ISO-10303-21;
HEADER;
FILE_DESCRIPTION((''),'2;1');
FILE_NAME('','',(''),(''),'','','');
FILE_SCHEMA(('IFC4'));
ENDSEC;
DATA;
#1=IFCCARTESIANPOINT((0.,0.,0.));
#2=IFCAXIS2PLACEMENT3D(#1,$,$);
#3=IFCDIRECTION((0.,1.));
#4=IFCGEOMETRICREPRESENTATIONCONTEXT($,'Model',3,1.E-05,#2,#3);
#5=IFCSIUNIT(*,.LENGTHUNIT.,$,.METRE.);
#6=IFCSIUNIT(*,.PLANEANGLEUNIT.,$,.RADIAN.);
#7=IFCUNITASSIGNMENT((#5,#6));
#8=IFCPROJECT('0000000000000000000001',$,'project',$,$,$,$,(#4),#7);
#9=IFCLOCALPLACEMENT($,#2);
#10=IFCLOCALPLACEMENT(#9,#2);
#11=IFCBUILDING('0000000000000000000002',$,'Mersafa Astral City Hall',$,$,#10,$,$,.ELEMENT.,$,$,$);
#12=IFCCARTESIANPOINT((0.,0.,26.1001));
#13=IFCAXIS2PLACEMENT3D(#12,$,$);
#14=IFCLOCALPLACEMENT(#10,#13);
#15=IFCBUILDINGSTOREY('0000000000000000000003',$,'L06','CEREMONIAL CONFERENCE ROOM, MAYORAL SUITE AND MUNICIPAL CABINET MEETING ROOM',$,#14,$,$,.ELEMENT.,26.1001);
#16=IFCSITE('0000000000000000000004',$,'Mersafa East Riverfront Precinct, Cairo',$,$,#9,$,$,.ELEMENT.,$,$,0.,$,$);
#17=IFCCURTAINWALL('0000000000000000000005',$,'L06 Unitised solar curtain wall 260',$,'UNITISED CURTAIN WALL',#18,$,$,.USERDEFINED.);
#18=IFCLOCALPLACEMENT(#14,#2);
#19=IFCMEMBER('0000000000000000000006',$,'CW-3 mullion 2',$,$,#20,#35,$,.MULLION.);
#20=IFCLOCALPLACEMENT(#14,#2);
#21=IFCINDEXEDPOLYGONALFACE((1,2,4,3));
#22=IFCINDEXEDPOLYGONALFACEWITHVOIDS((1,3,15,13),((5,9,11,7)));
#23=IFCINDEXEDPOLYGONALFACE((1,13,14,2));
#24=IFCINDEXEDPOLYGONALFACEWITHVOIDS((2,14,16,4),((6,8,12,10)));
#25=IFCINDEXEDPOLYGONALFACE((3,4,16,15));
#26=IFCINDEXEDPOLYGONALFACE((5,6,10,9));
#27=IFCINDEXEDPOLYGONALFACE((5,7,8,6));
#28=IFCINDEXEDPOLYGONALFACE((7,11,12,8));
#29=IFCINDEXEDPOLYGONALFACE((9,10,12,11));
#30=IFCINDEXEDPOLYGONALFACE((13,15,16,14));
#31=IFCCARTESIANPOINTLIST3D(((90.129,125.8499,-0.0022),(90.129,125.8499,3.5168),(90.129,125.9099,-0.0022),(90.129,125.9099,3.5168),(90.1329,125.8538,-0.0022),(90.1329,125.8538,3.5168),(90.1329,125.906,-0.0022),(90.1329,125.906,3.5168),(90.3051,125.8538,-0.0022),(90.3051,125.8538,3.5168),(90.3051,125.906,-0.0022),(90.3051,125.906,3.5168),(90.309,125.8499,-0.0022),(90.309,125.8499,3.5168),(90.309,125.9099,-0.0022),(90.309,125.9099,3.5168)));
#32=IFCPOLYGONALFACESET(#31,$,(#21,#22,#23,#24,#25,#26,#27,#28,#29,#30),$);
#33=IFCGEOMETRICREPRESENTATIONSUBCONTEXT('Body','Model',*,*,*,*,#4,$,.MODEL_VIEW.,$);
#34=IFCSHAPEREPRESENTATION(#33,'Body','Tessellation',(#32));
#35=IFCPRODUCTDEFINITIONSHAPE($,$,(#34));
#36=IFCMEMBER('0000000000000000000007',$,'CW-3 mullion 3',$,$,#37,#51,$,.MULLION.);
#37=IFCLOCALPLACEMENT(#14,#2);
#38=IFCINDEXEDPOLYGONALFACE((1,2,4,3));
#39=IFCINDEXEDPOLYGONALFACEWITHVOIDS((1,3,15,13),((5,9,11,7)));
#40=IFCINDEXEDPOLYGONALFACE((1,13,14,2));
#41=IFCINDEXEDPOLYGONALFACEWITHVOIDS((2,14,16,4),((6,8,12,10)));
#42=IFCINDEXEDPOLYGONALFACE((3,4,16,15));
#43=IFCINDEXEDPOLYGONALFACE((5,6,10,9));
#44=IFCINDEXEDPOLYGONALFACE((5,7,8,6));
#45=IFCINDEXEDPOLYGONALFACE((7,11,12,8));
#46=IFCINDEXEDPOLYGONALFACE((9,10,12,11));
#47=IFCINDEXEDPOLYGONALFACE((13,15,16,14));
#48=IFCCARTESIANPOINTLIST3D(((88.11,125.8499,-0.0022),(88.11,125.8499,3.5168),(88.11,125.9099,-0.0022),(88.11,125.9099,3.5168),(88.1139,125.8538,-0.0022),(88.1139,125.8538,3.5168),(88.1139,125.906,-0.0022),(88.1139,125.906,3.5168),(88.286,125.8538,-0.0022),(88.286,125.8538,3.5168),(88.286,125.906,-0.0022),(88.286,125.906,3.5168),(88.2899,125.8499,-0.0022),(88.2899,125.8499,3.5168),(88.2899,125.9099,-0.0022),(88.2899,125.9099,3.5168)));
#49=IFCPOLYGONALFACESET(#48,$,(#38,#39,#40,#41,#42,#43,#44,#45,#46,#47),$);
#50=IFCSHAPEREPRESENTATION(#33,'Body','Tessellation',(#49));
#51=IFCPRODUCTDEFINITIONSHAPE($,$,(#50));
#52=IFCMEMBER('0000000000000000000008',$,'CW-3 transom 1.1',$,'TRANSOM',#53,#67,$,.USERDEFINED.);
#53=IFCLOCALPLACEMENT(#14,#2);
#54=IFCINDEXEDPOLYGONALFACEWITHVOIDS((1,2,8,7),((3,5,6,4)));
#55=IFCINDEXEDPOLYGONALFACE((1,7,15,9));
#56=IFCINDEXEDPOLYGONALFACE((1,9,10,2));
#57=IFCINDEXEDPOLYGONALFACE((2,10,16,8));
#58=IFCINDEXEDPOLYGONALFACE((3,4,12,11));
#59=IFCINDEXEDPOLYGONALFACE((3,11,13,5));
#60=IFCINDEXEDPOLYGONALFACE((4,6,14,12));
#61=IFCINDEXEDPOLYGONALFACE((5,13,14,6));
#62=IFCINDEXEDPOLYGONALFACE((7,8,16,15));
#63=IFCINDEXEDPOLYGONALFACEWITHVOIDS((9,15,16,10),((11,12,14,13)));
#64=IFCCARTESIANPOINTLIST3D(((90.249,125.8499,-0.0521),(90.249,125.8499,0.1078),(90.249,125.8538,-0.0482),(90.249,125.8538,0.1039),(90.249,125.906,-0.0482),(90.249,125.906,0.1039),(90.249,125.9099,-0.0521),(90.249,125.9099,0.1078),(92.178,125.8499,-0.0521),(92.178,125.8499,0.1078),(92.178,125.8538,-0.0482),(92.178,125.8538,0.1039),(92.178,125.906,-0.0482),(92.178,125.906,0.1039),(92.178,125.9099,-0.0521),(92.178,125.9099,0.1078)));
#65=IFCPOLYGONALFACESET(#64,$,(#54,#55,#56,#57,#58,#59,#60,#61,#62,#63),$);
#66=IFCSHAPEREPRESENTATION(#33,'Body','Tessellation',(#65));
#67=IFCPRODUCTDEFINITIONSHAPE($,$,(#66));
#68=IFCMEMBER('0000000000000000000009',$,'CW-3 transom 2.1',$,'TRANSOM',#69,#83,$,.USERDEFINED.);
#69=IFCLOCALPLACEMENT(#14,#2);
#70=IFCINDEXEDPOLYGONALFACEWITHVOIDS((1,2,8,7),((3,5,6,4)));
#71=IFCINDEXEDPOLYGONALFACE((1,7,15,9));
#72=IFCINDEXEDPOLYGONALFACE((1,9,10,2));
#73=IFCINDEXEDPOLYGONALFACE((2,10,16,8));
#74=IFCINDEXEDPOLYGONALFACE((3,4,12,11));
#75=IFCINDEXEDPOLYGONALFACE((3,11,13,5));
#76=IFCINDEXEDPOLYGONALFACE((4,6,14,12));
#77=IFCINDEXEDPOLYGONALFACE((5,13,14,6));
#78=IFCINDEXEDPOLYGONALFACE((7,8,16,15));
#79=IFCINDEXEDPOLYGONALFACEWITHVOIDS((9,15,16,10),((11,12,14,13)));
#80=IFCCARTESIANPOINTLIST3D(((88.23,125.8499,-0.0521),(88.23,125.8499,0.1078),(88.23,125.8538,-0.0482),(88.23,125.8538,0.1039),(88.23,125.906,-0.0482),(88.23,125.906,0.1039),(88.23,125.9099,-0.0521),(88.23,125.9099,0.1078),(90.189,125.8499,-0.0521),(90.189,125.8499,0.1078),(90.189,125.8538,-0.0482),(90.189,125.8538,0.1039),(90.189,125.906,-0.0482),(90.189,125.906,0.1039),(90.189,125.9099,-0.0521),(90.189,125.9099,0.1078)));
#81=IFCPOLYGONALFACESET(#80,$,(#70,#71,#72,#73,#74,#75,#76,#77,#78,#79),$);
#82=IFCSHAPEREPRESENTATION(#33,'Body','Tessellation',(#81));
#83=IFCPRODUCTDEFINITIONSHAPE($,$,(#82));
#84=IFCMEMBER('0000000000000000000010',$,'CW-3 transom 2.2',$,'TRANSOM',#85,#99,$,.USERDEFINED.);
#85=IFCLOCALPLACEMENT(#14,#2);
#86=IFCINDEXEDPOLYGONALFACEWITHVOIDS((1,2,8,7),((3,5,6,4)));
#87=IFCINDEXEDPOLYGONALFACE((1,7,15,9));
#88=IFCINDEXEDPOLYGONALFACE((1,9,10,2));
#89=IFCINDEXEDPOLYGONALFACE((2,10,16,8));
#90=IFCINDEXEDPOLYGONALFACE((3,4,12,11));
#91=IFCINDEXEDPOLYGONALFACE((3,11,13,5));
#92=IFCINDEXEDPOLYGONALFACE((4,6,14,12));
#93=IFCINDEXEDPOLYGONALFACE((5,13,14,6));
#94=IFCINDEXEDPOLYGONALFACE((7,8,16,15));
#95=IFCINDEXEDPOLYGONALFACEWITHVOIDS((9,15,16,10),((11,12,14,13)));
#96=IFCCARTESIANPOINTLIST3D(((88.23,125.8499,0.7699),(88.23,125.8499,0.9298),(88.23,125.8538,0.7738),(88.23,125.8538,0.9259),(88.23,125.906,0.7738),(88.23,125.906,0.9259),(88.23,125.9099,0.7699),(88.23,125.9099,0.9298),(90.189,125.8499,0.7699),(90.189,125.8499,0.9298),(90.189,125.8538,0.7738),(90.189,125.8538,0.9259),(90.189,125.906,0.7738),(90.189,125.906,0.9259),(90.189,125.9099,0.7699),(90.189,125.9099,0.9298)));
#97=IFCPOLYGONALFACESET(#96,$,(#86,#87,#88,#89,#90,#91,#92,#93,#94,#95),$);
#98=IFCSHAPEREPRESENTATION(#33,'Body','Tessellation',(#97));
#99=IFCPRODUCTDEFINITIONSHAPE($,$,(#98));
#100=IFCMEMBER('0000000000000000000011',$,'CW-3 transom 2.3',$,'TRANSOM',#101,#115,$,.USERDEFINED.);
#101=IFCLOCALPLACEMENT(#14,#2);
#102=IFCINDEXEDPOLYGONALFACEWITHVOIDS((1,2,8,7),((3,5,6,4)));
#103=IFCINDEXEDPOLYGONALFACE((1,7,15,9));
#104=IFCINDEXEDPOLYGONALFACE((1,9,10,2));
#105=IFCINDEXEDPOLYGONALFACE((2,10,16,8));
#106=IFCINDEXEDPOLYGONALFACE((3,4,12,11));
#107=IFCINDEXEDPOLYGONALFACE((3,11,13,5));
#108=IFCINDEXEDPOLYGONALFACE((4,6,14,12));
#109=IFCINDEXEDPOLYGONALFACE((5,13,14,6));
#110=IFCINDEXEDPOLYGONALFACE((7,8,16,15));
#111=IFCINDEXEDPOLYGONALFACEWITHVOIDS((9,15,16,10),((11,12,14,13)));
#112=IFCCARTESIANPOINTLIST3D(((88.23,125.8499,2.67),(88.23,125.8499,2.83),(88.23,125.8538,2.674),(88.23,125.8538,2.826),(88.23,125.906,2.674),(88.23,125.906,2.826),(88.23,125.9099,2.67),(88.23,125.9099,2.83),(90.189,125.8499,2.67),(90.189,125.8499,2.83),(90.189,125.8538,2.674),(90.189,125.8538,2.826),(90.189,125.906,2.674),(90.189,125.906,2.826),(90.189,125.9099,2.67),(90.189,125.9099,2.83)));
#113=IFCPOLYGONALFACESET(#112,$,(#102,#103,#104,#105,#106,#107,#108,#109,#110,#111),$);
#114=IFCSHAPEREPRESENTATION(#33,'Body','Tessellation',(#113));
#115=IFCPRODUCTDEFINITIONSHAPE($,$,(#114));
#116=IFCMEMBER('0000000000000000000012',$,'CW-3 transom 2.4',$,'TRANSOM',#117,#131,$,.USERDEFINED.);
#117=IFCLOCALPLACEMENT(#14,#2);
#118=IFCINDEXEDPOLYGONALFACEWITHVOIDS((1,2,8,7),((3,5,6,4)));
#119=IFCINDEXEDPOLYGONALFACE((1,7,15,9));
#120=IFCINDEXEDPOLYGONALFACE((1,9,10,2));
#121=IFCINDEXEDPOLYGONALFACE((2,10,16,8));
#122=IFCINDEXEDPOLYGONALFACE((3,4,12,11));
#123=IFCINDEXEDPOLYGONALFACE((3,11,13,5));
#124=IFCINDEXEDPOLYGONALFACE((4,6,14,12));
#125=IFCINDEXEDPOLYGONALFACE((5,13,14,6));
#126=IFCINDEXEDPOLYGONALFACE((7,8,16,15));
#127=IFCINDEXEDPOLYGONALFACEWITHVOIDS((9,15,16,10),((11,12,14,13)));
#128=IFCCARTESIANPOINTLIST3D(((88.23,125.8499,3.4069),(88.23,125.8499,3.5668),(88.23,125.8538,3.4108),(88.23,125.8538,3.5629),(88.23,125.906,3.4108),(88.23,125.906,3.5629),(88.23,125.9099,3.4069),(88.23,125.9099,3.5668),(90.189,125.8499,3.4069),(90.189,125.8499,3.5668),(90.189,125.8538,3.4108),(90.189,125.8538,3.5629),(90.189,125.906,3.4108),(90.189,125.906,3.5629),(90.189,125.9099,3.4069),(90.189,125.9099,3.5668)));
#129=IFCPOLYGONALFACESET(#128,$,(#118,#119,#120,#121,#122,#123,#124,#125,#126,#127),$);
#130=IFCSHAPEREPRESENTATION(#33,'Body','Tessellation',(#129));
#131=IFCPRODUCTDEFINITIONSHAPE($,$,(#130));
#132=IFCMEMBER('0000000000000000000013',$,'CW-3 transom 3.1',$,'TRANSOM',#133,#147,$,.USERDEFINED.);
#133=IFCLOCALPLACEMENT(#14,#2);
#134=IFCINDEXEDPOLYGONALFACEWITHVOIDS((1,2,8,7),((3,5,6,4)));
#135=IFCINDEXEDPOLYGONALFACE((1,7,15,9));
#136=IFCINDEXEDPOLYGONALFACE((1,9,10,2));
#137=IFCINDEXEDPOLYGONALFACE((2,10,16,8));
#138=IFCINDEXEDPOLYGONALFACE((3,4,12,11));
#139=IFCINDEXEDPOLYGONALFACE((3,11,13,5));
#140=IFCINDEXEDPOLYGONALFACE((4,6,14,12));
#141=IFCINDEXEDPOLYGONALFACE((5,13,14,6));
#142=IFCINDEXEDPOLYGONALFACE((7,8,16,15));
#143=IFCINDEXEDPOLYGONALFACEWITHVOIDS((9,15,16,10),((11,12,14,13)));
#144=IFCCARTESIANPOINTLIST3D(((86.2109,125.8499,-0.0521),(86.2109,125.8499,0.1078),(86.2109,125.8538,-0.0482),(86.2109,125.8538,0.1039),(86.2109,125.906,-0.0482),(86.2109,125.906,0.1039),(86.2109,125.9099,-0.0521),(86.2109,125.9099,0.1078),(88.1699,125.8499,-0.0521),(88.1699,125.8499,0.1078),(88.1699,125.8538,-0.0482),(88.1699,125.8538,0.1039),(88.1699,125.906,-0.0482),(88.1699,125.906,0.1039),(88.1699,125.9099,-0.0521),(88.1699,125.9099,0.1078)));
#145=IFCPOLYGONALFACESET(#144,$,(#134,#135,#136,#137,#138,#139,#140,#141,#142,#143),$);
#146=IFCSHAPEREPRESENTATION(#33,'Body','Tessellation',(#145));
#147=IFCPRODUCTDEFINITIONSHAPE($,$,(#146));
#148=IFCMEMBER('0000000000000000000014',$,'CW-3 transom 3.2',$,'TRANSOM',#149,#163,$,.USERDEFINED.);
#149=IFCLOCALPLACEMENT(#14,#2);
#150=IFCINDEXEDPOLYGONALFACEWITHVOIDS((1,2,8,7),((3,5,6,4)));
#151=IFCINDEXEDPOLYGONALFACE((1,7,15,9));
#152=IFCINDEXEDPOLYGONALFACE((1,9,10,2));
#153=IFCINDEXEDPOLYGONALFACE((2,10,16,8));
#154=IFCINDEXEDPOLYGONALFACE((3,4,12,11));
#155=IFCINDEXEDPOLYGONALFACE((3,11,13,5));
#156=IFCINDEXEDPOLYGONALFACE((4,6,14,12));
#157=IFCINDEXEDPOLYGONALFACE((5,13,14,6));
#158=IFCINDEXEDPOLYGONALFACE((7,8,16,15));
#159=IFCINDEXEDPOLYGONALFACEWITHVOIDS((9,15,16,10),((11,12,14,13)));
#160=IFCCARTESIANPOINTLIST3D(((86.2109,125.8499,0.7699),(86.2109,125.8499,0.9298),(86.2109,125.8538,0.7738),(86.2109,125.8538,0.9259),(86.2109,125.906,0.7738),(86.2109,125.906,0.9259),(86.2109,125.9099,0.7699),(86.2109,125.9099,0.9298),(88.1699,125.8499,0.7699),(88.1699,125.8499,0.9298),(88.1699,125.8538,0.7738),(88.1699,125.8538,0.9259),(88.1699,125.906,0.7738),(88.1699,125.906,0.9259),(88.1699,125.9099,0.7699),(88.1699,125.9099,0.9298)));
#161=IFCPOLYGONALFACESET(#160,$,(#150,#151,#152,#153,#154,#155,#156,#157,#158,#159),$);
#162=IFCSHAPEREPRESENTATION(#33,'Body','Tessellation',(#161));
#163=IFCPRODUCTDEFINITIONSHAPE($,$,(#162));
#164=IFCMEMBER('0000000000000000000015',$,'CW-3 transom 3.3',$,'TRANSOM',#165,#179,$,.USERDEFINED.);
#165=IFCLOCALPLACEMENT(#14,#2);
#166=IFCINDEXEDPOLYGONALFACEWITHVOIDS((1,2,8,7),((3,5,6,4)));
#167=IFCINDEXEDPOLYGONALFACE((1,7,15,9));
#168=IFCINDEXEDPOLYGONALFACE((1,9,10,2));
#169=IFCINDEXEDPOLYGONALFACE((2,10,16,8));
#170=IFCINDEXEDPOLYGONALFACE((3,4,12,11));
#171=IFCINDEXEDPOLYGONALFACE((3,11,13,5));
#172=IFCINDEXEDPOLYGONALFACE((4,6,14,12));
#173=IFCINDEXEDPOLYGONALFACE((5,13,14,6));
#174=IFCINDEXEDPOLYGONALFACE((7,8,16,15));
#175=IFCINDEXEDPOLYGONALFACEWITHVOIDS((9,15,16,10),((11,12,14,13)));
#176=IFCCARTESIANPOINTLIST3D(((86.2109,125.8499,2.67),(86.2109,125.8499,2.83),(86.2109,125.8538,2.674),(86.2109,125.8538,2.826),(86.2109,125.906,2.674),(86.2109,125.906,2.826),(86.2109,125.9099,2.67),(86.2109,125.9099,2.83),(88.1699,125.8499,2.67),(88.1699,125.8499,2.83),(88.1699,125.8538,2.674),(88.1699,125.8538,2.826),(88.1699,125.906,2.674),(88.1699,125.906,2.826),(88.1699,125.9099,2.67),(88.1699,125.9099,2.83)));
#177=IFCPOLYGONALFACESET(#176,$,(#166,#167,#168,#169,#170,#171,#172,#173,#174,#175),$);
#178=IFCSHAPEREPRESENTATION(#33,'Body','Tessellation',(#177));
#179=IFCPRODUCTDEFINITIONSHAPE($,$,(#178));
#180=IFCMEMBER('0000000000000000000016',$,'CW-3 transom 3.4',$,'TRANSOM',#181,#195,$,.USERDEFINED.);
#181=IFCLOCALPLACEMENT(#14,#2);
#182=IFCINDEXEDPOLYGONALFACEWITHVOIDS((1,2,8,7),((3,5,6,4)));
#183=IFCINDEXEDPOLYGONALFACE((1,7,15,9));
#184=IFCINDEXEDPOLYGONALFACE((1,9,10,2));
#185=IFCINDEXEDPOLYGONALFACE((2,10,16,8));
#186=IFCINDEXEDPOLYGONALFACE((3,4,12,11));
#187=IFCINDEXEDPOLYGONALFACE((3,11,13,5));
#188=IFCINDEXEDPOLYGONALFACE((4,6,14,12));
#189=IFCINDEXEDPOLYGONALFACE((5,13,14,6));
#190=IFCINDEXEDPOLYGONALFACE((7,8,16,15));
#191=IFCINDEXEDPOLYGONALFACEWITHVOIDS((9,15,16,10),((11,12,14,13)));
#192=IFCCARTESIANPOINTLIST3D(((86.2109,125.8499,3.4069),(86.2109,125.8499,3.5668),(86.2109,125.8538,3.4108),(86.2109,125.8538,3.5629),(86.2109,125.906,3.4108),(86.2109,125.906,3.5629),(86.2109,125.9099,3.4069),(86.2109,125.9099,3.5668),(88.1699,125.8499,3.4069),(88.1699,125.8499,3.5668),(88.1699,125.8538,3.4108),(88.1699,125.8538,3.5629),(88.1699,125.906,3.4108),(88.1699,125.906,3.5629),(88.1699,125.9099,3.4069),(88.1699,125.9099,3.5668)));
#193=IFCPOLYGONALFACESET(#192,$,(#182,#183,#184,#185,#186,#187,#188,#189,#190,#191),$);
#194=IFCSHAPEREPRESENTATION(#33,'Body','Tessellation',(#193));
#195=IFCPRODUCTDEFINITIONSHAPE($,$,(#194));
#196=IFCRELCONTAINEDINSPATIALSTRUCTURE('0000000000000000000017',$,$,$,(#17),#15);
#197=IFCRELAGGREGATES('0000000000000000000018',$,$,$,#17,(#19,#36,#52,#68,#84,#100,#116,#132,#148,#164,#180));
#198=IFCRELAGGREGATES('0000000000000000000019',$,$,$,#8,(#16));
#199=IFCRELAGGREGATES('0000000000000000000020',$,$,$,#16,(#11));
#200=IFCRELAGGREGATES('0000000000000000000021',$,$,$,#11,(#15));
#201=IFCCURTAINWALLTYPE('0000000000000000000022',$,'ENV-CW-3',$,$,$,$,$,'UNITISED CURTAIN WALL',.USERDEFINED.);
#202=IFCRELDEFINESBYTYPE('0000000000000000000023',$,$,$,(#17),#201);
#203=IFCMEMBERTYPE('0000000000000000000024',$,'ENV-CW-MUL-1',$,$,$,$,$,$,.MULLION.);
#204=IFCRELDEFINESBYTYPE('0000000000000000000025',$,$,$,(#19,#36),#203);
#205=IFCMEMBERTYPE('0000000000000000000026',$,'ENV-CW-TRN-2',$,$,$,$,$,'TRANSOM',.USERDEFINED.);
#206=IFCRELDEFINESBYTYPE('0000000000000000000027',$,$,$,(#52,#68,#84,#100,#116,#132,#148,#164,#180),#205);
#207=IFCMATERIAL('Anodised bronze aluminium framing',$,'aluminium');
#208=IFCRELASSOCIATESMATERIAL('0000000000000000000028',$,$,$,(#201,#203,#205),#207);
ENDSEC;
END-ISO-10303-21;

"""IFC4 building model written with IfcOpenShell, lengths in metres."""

from ifc_helpers import new_model, si_unit, direction, frame, origin, origin_2d, place, context, subcontext, project, spatial, hollow_rectangle, extrude, material, material_profile, profile_set, type_object, element, aggregate, save


model = new_model("IFC4")

# Units and contexts
model_context = context("Model", 3, precision=1e-05, world=origin(), true_north=direction((0.0, 1.0)))
body_context = subcontext(model_context, "Body", "Model", "MODEL_VIEW")
ifc_project = project(units=[si_unit("LENGTHUNIT", "METRE"), si_unit("PLANEANGLEUNIT", "RADIAN")], contexts=[model_context])

# Site, building, storey
site_placement = place(None, origin())
site = spatial("IfcSite", under=ifc_project, at=site_placement, Name="Mersafa East Riverfront Precinct, Cairo", CompositionType="ELEMENT", RefElevation=0.0)
building_placement = place(site_placement, origin())
building = spatial("IfcBuilding", under=site, at=building_placement, Name="Mersafa Astral City Hall", CompositionType="ELEMENT")
storey_placement = place(building_placement, frame((0.0, 0.0, 26.1001)))
storey = spatial("IfcBuildingStorey", under=building, at=storey_placement, Name="L06", Description="CEREMONIAL CONFERENCE ROOM, MAYORAL SUITE AND MUNICIPAL CABINET MEETING ROOM", CompositionType="ELEMENT", Elevation=26.1001)

# Curtain wall, members
ifc_material_1 = material(Name="Anodised bronze aluminium framing", Category="aluminium")
curtain_wall_type = type_object("IfcCurtainWallType", Name="ENV-CW-3", ElementType="UNITISED CURTAIN WALL", PredefinedType="USERDEFINED", material=ifc_material_1)
curtain_wall_placement = place(storey_placement, origin())
curtain_wall = element("IfcCurtainWall", 1, at=curtain_wall_placement, inside=storey, type_object=curtain_wall_type, Name="L06 Unitised solar curtain wall 260", ObjectType="UNITISED CURTAIN WALL", PredefinedType="USERDEFINED")
ifc_material_profile_1 = material_profile(ifc_material_1, hollow_rectangle(XDim=0.0601, YDim=0.1799, WallThickness=0.0039, at=origin_2d()), Name="RHS 60x180x4")
ifc_profile_set_1 = profile_set([ifc_material_profile_1], Name="Anodised bronze aluminium framing")
member_type_1 = type_object("IfcMemberType", Name="ENV-CW-MUL-1", PredefinedType="MULLION", material=ifc_profile_set_1)
member_1_placement = place(storey_placement, frame((90.219, 125.8799, -0.0022), z_axis=(0.0, 0.0, 1.0), x_axis=(0.0, -1.0, 0.0)))
member_1 = element("IfcMember", 2, at=member_1_placement, type_object=member_type_1, Name="CW-3 mullion 2", PredefinedType="MULLION", context=body_context, shape_type="SweptSolid", body=[
    extrude(hollow_rectangle(XDim=0.0601, YDim=0.1799, WallThickness=0.0039, at=origin_2d()), origin(), (0.0, 0.0, 1.0), 3.519),
])
member_2_placement = place(storey_placement, frame((88.2, 125.8799, -0.0022), z_axis=(0.0, 0.0, 1.0), x_axis=(0.0, -1.0, 0.0)))
member_2 = element("IfcMember", 3, at=member_2_placement, type_object=member_type_1, Name="CW-3 mullion 3", PredefinedType="MULLION", context=body_context, shape_type="SweptSolid", body=[
    extrude(hollow_rectangle(XDim=0.0601, YDim=0.1799, WallThickness=0.0039, at=origin_2d()), origin(), (0.0, 0.0, 1.0), 3.519),
])
ifc_material_profile_2 = material_profile(ifc_material_1, hollow_rectangle(XDim=0.0601, YDim=0.1599, WallThickness=0.0039, at=origin_2d()), Name="RHS 60x160x4")
ifc_profile_set_2 = profile_set([ifc_material_profile_2], Name="Anodised bronze aluminium framing")
member_type_2 = type_object("IfcMemberType", Name="ENV-CW-TRN-2", ElementType="TRANSOM", PredefinedType="USERDEFINED", material=ifc_profile_set_2)
member_3_placement = place(storey_placement, frame((92.178, 125.8799, 0.0278), z_axis=(-1.0, 0.0, 0.0), x_axis=(0.0, -1.0, 0.0)))
member_3 = element("IfcMember", 4, at=member_3_placement, type_object=member_type_2, Name="CW-3 transom 1.1", ObjectType="TRANSOM", PredefinedType="USERDEFINED", context=body_context, shape_type="SweptSolid", body=[
    extrude(hollow_rectangle(XDim=0.0601, YDim=0.1599, WallThickness=0.0039, at=origin_2d()), origin(), (0.0, 0.0, 1.0), 1.929),
])
member_4_placement = place(storey_placement, frame((90.189, 125.8799, 0.0278), z_axis=(-1.0, 0.0, 0.0), x_axis=(0.0, -1.0, 0.0)))
member_4 = element("IfcMember", 5, at=member_4_placement, type_object=member_type_2, Name="CW-3 transom 2.1", ObjectType="TRANSOM", PredefinedType="USERDEFINED", context=body_context, shape_type="SweptSolid", body=[
    extrude(hollow_rectangle(XDim=0.0601, YDim=0.1599, WallThickness=0.0039, at=origin_2d()), origin(), (0.0, 0.0, 1.0), 1.959),
])
member_5_placement = place(storey_placement, frame((90.189, 125.8799, 0.8499), z_axis=(-1.0, 0.0, 0.0), x_axis=(0.0, -1.0, 0.0)))
member_5 = element("IfcMember", 6, at=member_5_placement, type_object=member_type_2, Name="CW-3 transom 2.2", ObjectType="TRANSOM", PredefinedType="USERDEFINED", context=body_context, shape_type="SweptSolid", body=[
    extrude(hollow_rectangle(XDim=0.0601, YDim=0.1599, WallThickness=0.0039, at=origin_2d()), origin(), (0.0, 0.0, 1.0), 1.959),
])
member_6_placement = place(storey_placement, frame((90.189, 125.8799, 2.75), z_axis=(-1.0, 0.0, 0.0), x_axis=(0.0, -1.0, 0.0)))
member_6 = element("IfcMember", 7, at=member_6_placement, type_object=member_type_2, Name="CW-3 transom 2.3", ObjectType="TRANSOM", PredefinedType="USERDEFINED", context=body_context, shape_type="SweptSolid", body=[
    extrude(hollow_rectangle(XDim=0.0601, YDim=0.1599, WallThickness=0.0039, at=origin_2d()), origin(), (0.0, 0.0, 1.0), 1.959),
])
member_7_placement = place(storey_placement, frame((90.189, 125.8799, 3.4868), z_axis=(-1.0, 0.0, 0.0), x_axis=(0.0, -1.0, 0.0)))
member_7 = element("IfcMember", 8, at=member_7_placement, type_object=member_type_2, Name="CW-3 transom 2.4", ObjectType="TRANSOM", PredefinedType="USERDEFINED", context=body_context, shape_type="SweptSolid", body=[
    extrude(hollow_rectangle(XDim=0.0601, YDim=0.1599, WallThickness=0.0039, at=origin_2d()), origin(), (0.0, 0.0, 1.0), 1.959),
])
member_8_placement = place(storey_placement, frame((88.1699, 125.8799, 0.0278), z_axis=(-1.0, 0.0, 0.0), x_axis=(0.0, -1.0, 0.0)))
member_8 = element("IfcMember", 9, at=member_8_placement, type_object=member_type_2, Name="CW-3 transom 3.1", ObjectType="TRANSOM", PredefinedType="USERDEFINED", context=body_context, shape_type="SweptSolid", body=[
    extrude(hollow_rectangle(XDim=0.0601, YDim=0.1599, WallThickness=0.0039, at=origin_2d()), origin(), (0.0, 0.0, 1.0), 1.959),
])
member_9_placement = place(storey_placement, frame((88.1699, 125.8799, 0.8499), z_axis=(-1.0, 0.0, 0.0), x_axis=(0.0, -1.0, 0.0)))
member_9 = element("IfcMember", 10, at=member_9_placement, type_object=member_type_2, Name="CW-3 transom 3.2", ObjectType="TRANSOM", PredefinedType="USERDEFINED", context=body_context, shape_type="SweptSolid", body=[
    extrude(hollow_rectangle(XDim=0.0601, YDim=0.1599, WallThickness=0.0039, at=origin_2d()), origin(), (0.0, 0.0, 1.0), 1.959),
])
member_10_placement = place(storey_placement, frame((88.1699, 125.8799, 2.75), z_axis=(-1.0, 0.0, 0.0), x_axis=(0.0, -1.0, 0.0)))
member_10 = element("IfcMember", 11, at=member_10_placement, type_object=member_type_2, Name="CW-3 transom 3.3", ObjectType="TRANSOM", PredefinedType="USERDEFINED", context=body_context, shape_type="SweptSolid", body=[
    extrude(hollow_rectangle(XDim=0.0601, YDim=0.1599, WallThickness=0.0039, at=origin_2d()), origin(), (0.0, 0.0, 1.0), 1.959),
])
member_11_placement = place(storey_placement, frame((88.1699, 125.8799, 3.4868), z_axis=(-1.0, 0.0, 0.0), x_axis=(0.0, -1.0, 0.0)))
member_11 = element("IfcMember", 12, at=member_11_placement, type_object=member_type_2, Name="CW-3 transom 3.4", ObjectType="TRANSOM", PredefinedType="USERDEFINED", context=body_context, shape_type="SweptSolid", body=[
    extrude(hollow_rectangle(XDim=0.0601, YDim=0.1599, WallThickness=0.0039, at=origin_2d()), origin(), (0.0, 0.0, 1.0), 1.959),
])
aggregate(curtain_wall, [member_1, member_2, member_3, member_4, member_5, member_6, member_7, member_8, member_9, member_10, member_11])

save(model, "model.ifc")
